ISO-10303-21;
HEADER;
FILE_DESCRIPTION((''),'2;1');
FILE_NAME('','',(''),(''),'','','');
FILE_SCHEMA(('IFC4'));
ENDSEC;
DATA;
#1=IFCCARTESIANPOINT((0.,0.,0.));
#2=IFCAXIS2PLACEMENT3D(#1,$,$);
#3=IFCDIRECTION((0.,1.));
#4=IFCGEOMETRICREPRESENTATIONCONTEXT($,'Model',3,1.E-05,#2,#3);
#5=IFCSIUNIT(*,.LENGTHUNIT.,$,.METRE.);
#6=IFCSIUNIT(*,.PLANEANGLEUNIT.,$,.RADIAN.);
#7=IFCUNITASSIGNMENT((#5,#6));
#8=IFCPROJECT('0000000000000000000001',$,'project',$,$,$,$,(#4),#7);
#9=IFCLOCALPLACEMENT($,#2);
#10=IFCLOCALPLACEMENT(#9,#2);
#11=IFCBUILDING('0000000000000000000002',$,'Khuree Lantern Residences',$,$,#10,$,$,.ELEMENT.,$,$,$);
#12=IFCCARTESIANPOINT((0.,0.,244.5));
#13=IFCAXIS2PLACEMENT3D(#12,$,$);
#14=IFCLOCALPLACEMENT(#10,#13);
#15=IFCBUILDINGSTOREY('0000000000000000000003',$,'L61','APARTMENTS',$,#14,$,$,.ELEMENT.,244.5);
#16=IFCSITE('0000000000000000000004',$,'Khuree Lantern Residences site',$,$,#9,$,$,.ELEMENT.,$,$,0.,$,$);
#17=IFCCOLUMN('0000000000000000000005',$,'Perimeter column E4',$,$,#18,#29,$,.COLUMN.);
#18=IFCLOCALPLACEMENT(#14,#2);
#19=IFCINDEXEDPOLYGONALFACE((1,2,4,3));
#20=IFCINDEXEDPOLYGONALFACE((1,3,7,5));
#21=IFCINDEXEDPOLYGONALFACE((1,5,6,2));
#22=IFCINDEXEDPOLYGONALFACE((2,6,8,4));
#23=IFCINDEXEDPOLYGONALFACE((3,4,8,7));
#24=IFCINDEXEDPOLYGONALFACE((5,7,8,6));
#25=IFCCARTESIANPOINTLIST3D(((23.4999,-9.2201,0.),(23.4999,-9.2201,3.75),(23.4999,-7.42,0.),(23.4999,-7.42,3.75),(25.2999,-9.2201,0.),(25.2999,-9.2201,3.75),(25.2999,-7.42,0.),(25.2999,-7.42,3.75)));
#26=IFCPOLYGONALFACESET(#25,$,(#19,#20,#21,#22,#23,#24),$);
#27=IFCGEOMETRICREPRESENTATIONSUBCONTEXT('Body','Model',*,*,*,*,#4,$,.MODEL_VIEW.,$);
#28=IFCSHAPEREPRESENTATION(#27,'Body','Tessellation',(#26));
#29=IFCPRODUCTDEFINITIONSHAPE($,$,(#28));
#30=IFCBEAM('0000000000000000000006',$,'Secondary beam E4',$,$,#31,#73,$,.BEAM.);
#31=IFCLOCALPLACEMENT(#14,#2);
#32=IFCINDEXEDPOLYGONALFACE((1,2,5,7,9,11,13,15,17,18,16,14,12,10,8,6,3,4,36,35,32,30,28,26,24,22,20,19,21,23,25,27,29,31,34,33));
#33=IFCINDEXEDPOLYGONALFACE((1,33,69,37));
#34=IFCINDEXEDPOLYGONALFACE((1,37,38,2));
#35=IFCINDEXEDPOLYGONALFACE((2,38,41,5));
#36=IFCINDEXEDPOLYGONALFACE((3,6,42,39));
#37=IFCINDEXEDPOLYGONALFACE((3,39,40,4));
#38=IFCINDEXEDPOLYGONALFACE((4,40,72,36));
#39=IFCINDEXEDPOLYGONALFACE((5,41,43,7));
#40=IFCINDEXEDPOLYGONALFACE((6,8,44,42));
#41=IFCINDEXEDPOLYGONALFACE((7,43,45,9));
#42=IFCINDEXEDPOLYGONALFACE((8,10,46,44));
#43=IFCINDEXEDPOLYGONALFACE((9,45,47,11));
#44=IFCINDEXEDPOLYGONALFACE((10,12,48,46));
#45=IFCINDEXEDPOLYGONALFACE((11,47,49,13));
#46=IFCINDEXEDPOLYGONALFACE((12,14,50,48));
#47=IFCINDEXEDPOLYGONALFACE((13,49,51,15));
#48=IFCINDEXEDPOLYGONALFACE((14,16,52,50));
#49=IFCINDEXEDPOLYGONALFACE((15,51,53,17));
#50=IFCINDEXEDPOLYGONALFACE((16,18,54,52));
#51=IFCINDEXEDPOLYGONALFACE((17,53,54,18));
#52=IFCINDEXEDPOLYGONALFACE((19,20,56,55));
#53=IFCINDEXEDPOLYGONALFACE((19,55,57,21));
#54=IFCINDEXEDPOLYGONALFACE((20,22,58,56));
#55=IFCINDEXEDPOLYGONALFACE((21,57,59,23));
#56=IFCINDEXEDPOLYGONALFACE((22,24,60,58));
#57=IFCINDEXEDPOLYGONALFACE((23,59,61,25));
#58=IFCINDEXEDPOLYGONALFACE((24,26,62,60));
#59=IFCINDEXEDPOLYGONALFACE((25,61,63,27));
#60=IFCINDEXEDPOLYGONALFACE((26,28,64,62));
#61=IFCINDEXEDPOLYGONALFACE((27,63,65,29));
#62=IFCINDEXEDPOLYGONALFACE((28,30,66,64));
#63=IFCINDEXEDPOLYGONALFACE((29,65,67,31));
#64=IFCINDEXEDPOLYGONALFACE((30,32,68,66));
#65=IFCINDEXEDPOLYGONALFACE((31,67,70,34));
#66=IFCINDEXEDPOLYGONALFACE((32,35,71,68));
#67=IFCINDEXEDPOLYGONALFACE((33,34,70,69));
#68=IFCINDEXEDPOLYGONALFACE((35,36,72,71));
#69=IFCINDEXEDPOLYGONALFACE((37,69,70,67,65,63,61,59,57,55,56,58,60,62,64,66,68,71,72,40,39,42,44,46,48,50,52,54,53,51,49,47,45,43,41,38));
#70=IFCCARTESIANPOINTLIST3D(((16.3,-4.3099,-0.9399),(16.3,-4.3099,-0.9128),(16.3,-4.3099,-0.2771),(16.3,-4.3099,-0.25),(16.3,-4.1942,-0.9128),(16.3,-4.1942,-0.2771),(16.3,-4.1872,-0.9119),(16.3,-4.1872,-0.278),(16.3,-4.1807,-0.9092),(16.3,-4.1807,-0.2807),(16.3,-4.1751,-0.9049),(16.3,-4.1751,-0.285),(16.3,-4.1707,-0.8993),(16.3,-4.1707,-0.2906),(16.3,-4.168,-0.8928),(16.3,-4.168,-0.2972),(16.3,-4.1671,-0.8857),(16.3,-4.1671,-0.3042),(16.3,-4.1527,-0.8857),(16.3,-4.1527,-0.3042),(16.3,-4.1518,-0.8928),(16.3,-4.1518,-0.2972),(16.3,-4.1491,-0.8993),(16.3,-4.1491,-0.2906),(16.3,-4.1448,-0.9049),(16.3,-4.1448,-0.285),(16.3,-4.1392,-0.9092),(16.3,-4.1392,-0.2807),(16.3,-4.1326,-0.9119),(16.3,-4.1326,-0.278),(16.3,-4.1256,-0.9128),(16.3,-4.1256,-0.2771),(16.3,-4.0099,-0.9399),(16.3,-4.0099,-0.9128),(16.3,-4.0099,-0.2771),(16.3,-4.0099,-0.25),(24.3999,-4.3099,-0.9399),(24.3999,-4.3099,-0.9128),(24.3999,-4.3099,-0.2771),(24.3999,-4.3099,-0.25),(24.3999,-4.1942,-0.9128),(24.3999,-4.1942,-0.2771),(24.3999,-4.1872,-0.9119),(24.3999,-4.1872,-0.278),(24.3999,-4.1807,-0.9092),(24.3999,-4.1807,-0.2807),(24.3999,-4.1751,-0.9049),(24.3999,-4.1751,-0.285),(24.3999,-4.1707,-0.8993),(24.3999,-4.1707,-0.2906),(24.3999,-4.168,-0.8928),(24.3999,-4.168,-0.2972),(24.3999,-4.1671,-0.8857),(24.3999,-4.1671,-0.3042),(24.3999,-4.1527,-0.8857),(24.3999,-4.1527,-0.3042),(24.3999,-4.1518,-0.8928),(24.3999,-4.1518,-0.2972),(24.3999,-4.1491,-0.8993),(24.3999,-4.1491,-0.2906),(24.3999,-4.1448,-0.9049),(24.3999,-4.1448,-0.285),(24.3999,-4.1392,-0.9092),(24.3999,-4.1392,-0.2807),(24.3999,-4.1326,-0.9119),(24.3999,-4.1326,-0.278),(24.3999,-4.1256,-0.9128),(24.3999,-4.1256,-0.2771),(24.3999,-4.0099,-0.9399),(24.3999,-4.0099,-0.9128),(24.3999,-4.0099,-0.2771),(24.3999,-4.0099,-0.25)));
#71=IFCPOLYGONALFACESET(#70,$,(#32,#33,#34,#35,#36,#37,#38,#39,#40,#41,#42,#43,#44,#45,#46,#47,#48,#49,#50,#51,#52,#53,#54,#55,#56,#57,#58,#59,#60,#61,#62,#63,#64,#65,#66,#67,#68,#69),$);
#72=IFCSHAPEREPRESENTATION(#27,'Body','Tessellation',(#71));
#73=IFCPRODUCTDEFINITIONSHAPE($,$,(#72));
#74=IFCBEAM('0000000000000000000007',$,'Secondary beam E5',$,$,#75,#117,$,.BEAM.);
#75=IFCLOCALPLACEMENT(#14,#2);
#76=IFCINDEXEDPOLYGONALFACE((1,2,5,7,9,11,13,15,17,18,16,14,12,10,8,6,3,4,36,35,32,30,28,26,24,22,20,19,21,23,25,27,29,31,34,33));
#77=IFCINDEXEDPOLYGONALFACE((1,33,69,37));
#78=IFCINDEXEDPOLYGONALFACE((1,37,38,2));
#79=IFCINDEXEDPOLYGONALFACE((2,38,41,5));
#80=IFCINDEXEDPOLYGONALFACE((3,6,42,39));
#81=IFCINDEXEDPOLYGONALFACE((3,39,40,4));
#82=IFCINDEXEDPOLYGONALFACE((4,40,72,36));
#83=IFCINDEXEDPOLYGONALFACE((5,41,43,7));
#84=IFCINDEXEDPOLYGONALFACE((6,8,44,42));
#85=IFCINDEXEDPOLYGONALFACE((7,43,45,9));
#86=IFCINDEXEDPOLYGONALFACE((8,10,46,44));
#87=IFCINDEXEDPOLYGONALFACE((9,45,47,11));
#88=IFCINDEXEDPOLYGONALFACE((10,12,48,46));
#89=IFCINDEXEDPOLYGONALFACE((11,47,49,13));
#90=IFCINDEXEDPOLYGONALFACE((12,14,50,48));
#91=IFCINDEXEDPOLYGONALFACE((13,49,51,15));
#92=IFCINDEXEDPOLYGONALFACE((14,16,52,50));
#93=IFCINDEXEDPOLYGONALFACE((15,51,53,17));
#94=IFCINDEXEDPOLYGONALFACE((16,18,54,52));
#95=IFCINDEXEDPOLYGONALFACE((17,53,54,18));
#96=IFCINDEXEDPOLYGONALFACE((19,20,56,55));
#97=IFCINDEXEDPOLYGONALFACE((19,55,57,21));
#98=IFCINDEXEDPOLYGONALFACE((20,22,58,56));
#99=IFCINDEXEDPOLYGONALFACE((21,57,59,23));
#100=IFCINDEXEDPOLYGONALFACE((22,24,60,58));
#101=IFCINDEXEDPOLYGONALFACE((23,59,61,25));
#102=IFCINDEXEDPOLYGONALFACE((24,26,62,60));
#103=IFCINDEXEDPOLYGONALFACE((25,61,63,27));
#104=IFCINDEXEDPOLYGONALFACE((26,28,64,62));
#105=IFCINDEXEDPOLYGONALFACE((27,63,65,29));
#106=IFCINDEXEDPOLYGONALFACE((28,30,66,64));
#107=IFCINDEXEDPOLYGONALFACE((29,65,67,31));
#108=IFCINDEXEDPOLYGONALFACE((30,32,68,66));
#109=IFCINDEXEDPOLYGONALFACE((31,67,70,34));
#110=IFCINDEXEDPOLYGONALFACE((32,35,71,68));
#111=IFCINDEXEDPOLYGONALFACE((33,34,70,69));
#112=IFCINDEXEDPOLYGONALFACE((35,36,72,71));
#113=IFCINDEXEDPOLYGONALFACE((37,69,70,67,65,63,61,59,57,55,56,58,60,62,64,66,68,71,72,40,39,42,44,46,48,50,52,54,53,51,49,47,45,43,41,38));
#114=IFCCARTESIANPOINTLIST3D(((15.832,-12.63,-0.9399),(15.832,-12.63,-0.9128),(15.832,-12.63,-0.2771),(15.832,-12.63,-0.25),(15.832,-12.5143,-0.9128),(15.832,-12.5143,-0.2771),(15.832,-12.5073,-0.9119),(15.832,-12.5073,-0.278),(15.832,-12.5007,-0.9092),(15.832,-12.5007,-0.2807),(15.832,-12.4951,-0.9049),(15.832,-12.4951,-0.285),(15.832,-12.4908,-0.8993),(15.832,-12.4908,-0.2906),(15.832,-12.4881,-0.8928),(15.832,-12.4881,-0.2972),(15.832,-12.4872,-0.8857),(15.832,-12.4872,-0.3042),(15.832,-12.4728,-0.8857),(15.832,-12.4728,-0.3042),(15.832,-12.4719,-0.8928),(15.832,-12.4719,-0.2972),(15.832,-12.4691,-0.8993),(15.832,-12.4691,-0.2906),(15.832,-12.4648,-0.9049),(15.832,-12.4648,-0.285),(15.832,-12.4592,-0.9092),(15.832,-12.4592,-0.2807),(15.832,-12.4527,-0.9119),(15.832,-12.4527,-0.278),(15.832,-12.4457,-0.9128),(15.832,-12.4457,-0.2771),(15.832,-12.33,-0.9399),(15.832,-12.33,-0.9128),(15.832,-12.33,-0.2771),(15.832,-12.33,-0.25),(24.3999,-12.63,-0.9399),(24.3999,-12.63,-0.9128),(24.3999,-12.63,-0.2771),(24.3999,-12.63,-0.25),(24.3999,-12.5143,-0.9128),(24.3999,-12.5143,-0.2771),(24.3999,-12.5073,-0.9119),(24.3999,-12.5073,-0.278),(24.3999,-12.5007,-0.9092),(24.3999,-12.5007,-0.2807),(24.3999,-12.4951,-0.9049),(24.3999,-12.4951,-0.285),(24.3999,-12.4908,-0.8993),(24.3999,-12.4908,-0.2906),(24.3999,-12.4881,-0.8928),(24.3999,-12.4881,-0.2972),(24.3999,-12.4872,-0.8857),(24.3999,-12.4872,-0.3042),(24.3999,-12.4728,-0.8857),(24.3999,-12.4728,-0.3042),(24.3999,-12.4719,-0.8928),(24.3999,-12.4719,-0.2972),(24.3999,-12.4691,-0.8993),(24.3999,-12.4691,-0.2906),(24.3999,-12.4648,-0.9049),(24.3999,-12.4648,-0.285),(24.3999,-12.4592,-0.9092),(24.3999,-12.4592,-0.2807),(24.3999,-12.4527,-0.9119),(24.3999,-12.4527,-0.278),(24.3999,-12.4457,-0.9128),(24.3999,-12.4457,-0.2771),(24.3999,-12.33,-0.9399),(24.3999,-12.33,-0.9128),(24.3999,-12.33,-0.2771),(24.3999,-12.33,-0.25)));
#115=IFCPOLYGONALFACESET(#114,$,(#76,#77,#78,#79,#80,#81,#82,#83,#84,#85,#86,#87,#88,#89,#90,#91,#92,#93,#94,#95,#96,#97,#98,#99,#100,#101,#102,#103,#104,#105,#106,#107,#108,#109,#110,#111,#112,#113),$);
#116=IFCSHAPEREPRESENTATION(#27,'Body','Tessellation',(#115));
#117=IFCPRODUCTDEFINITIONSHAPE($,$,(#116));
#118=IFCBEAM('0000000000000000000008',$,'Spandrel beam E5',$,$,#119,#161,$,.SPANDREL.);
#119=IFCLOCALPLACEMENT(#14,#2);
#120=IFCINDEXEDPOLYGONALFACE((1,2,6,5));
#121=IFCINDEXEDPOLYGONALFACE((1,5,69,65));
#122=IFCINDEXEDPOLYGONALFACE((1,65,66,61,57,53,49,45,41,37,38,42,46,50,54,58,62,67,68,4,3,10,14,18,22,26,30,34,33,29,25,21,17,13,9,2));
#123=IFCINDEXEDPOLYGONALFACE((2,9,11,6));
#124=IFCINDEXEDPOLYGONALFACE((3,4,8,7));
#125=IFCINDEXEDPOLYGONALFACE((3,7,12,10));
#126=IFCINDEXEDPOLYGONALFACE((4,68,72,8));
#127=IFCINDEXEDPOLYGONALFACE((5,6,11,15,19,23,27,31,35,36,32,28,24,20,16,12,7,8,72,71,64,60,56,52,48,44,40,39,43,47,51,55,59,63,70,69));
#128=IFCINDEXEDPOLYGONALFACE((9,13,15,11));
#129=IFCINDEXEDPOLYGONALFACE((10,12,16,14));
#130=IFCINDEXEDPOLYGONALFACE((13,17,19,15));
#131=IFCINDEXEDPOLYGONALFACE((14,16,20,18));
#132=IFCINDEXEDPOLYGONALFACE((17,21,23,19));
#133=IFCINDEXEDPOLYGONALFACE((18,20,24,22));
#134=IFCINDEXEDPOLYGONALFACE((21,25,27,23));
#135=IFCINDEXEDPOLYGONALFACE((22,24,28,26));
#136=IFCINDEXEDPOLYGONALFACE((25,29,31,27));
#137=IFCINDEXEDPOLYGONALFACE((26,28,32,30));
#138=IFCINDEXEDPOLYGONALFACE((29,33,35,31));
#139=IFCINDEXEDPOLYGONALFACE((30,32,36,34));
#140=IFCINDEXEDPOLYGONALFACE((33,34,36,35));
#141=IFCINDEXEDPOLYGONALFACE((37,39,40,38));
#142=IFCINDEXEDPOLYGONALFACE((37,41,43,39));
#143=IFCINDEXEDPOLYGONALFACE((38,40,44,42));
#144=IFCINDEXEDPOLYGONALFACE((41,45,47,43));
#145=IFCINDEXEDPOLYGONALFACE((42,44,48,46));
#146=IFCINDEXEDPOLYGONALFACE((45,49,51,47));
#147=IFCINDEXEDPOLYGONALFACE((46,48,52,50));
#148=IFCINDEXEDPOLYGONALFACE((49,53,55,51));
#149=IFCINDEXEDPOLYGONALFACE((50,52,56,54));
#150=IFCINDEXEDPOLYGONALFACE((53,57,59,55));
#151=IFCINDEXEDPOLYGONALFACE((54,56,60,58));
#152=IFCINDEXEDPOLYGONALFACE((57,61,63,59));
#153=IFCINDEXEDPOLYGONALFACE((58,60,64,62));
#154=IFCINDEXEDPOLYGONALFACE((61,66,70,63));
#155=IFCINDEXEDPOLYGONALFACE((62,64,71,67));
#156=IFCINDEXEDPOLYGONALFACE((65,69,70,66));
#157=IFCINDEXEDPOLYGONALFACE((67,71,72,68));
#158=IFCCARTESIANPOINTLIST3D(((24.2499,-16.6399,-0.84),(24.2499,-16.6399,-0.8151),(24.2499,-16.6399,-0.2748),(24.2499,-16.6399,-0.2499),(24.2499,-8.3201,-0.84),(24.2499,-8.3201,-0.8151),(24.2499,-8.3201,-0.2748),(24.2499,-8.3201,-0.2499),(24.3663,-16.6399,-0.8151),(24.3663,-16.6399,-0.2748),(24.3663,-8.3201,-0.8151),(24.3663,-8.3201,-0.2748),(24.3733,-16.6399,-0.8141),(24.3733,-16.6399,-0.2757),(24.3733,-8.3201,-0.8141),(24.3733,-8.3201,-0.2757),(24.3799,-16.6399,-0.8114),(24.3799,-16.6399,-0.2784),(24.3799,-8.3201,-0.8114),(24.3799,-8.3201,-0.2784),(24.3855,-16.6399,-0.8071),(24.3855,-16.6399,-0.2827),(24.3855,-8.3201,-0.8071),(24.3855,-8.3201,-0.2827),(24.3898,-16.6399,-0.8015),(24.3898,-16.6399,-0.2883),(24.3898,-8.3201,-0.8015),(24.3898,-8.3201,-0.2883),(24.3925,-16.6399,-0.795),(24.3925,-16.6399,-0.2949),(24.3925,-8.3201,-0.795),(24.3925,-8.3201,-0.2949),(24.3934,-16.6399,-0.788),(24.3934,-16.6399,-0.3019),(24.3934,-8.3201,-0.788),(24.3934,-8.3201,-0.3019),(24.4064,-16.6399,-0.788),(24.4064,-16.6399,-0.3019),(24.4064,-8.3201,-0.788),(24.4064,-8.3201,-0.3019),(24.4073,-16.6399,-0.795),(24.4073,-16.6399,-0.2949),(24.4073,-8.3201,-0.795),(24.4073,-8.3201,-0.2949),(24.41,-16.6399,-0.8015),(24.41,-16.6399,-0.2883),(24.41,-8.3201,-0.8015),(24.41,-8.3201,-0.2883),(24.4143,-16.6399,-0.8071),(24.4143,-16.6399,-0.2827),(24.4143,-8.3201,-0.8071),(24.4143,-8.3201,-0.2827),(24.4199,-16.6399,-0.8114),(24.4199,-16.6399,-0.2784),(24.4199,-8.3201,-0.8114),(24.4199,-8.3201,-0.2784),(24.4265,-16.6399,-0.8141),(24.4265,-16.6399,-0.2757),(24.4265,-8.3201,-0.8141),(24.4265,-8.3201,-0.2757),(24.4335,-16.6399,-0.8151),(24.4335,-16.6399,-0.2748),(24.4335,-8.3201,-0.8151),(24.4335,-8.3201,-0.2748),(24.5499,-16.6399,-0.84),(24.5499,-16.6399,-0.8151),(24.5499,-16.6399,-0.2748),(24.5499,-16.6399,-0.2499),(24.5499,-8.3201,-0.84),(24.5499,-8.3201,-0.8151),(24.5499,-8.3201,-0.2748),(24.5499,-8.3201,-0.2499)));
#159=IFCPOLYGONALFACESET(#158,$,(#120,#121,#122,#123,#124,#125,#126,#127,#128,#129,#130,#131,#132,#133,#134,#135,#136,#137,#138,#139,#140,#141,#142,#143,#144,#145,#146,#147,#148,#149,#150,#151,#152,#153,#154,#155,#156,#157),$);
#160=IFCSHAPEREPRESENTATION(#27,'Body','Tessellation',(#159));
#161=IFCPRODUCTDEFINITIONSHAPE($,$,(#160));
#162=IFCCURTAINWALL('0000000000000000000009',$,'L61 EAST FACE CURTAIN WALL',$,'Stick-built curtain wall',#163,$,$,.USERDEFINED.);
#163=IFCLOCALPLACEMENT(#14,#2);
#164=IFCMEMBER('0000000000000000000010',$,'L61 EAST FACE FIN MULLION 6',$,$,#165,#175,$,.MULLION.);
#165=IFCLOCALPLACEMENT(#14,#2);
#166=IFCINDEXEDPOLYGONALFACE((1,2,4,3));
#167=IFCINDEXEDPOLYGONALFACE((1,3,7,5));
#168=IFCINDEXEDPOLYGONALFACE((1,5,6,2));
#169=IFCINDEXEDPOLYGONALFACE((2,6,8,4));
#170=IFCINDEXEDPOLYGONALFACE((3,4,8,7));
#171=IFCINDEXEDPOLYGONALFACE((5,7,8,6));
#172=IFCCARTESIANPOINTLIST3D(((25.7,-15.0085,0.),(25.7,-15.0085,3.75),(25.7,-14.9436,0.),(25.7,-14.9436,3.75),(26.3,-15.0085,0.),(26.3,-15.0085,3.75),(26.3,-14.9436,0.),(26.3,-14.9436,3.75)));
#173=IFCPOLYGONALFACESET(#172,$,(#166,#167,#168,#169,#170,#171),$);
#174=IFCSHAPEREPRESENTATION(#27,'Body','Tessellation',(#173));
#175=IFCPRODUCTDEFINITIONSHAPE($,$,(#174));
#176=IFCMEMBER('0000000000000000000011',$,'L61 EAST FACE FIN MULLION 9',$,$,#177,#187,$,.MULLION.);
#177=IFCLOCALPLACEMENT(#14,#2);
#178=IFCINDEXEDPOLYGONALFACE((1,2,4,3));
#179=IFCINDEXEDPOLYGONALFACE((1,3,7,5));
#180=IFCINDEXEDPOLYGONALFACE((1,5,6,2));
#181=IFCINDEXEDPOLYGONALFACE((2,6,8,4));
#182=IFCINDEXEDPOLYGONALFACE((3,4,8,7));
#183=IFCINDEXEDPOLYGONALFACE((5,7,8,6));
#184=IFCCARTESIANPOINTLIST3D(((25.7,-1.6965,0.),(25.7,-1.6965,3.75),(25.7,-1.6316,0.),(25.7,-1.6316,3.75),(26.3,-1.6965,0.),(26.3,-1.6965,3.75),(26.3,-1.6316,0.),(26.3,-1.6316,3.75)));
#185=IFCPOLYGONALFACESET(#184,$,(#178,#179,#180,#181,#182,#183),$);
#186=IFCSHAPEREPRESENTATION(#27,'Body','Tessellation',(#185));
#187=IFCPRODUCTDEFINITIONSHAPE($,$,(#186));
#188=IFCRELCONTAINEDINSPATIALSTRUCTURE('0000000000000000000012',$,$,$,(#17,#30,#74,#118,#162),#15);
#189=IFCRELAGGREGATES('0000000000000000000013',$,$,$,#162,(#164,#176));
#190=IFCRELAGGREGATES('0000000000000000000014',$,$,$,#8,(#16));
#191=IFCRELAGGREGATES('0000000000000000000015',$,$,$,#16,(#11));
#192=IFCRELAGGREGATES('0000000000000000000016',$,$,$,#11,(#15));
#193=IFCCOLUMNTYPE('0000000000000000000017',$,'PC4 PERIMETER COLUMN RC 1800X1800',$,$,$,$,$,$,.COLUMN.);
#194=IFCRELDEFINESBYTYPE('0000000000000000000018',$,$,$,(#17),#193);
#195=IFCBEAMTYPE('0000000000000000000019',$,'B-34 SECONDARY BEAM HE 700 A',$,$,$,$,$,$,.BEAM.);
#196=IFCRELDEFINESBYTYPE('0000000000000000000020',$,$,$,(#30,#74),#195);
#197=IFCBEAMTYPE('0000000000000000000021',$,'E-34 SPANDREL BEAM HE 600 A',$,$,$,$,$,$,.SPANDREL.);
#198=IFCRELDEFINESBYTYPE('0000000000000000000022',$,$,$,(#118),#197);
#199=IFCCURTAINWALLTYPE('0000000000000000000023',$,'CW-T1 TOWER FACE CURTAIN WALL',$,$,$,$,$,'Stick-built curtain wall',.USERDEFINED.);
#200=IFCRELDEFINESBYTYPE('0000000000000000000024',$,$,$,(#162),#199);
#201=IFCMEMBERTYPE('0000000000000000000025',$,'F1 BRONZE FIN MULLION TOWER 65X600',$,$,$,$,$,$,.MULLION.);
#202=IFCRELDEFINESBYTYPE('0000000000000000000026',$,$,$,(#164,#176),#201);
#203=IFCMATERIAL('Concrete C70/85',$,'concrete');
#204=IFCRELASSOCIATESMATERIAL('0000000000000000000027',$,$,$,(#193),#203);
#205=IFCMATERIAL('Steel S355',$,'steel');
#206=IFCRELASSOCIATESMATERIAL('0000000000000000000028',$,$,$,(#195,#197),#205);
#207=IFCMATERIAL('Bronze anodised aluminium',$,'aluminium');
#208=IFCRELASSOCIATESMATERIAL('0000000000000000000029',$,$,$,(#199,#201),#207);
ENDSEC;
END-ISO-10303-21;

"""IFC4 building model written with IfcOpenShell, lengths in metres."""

from ifc_helpers import new_model, si_unit, direction, frame, origin, origin_2d, place, context, subcontext, project, spatial, rectangle, i_section, extrude, material, material_profile, profile_set, type_object, element, aggregate, save


model = new_model("IFC4")

# Units and contexts
model_context = context("Model", 3, precision=1e-05, world=origin(), true_north=direction((0.0, 1.0)))
body_context = subcontext(model_context, "Body", "Model", "MODEL_VIEW")
ifc_project = project(units=[si_unit("LENGTHUNIT", "METRE"), si_unit("PLANEANGLEUNIT", "RADIAN")], contexts=[model_context])

# Site, building, storey
site_placement = place(None, origin())
site = spatial("IfcSite", under=ifc_project, at=site_placement, Name="Khuree Lantern Residences site", CompositionType="ELEMENT", RefElevation=0.0)
building_placement = place(site_placement, origin())
building = spatial("IfcBuilding", under=site, at=building_placement, Name="Khuree Lantern Residences", CompositionType="ELEMENT")
storey_placement = place(building_placement, frame((0.0, 0.0, 244.5)))
storey = spatial("IfcBuildingStorey", under=building, at=storey_placement, Name="L61", Description="APARTMENTS", CompositionType="ELEMENT", Elevation=244.5)

# Column
ifc_material_1 = material(Name="Concrete C70/85", Category="concrete")
ifc_material_profile_1 = material_profile(ifc_material_1, rectangle(XDim=1.8, YDim=1.8, at=origin_2d()), Name="RC 1800X1800")
ifc_profile_set_1 = profile_set([ifc_material_profile_1], Name="Concrete C70/85")
column_type = type_object("IfcColumnType", Name="PC4 PERIMETER COLUMN RC 1800X1800", PredefinedType="COLUMN", material=ifc_profile_set_1)
column_placement = place(storey_placement, frame((24.3999, -8.3201, 0.0), z_axis=(0.0, 0.0, 1.0), x_axis=(0.0, 1.0, 0.0)))
element("IfcColumn", 1, at=column_placement, inside=storey, type_object=column_type, Name="Perimeter column E4", PredefinedType="COLUMN", context=body_context, shape_type="SweptSolid", body=[
    extrude(rectangle(XDim=1.8, YDim=1.8, at=origin_2d()), origin(), (0.0, 0.0, 1.0), 3.75),
])

# Beams
ifc_material_2 = material(Name="Steel S355", Category="steel")
ifc_material_profile_2 = material_profile(ifc_material_2, i_section(OverallWidth=0.3, OverallDepth=0.6899, WebThickness=0.0144, FlangeThickness=0.0271, FilletRadius=0.0271, at=origin_2d()), Name="HE 700 A")
ifc_profile_set_2 = profile_set([ifc_material_profile_2], Name="Steel S355")
beam_type_1 = type_object("IfcBeamType", Name="B-34 SECONDARY BEAM HE 700 A", PredefinedType="BEAM", material=ifc_profile_set_2)
beam_1_placement = place(storey_placement, frame((24.3999, -4.1599, -0.595), z_axis=(-1.0, 0.0, 0.0), x_axis=(0.0, -1.0, 0.0)))
element("IfcBeam", 2, at=beam_1_placement, inside=storey, type_object=beam_type_1, Name="Secondary beam E4", PredefinedType="BEAM", context=body_context, shape_type="SweptSolid", body=[
    extrude(i_section(OverallWidth=0.3, OverallDepth=0.6899, WebThickness=0.0144, FlangeThickness=0.0271, FilletRadius=0.0271, at=origin_2d()), origin(), (0.0, 0.0, 1.0), 8.0999),
])
beam_2_placement = place(storey_placement, frame((24.3999, -12.48, -0.595), z_axis=(-1.0, 0.0, 0.0), x_axis=(0.0, -1.0, 0.0)))
element("IfcBeam", 3, at=beam_2_placement, inside=storey, type_object=beam_type_1, Name="Secondary beam E5", PredefinedType="BEAM", context=body_context, shape_type="SweptSolid", body=[
    extrude(i_section(OverallWidth=0.3, OverallDepth=0.6899, WebThickness=0.0144, FlangeThickness=0.0271, FilletRadius=0.0271, at=origin_2d()), origin(), (0.0, 0.0, 1.0), 8.5679),
])
ifc_material_profile_3 = material_profile(ifc_material_2, i_section(OverallWidth=0.3, OverallDepth=0.5901, WebThickness=0.0129, FlangeThickness=0.0249, FilletRadius=0.0271, at=origin_2d()), Name="HE 600 A")
ifc_profile_set_3 = profile_set([ifc_material_profile_3], Name="Steel S355")
beam_type_2 = type_object("IfcBeamType", Name="E-34 SPANDREL BEAM HE 600 A", PredefinedType="SPANDREL", material=ifc_profile_set_3)
beam_3_placement = place(storey_placement, frame((24.3999, -8.3201, -0.5449), z_axis=(0.0, -1.0, 0.0), x_axis=(1.0, 0.0, 0.0)))
element("IfcBeam", 4, at=beam_3_placement, inside=storey, type_object=beam_type_2, Name="Spandrel beam E5", PredefinedType="SPANDREL", context=body_context, shape_type="SweptSolid", body=[
    extrude(i_section(OverallWidth=0.3, OverallDepth=0.5901, WebThickness=0.0129, FlangeThickness=0.0249, FilletRadius=0.0271, at=origin_2d()), origin(), (0.0, 0.0, 1.0), 8.3198),
])

# Curtain wall, members
ifc_material_3 = material(Name="Bronze anodised aluminium", Category="aluminium")
curtain_wall_type = type_object("IfcCurtainWallType", Name="CW-T1 TOWER FACE CURTAIN WALL", ElementType="Stick-built curtain wall", PredefinedType="USERDEFINED", material=ifc_material_3)
curtain_wall_placement = place(storey_placement, origin())
curtain_wall = element("IfcCurtainWall", 5, at=curtain_wall_placement, inside=storey, type_object=curtain_wall_type, Name="L61 EAST FACE CURTAIN WALL", ObjectType="Stick-built curtain wall", PredefinedType="USERDEFINED")
ifc_material_profile_4 = material_profile(ifc_material_3, rectangle(XDim=0.0649, YDim=0.6001, at=origin_2d()), Name="F1 65X600")
ifc_profile_set_4 = profile_set([ifc_material_profile_4], Name="Bronze anodised aluminium")
member_type_1 = type_object("IfcMemberType", Name="F1 BRONZE FIN MULLION TOWER 65X600", PredefinedType="MULLION", material=ifc_profile_set_4)
member_1_placement = place(storey_placement, frame((26.0, -14.9761, 0.0), z_axis=(0.0, 0.0, 1.0), x_axis=(0.0, 1.0, 0.0)))
member_1 = element("IfcMember", 6, at=member_1_placement, type_object=member_type_1, Name="L61 EAST FACE FIN MULLION 6", PredefinedType="MULLION", context=body_context, shape_type="SweptSolid", body=[
    extrude(rectangle(XDim=0.0649, YDim=0.6001, at=origin_2d()), origin(), (0.0, 0.0, 1.0), 3.75),
])
member_2_placement = place(storey_placement, frame((26.0, -1.6641, 0.0), z_axis=(0.0, 0.0, 1.0), x_axis=(0.0, 1.0, 0.0)))
member_2 = element("IfcMember", 7, at=member_2_placement, type_object=member_type_1, Name="L61 EAST FACE FIN MULLION 9", PredefinedType="MULLION", context=body_context, shape_type="SweptSolid", body=[
    extrude(rectangle(XDim=0.0649, YDim=0.6001, at=origin_2d()), origin(), (0.0, 0.0, 1.0), 3.75),
])

aggregate(curtain_wall, [member_1, member_2])

save(model, "model.ifc")
